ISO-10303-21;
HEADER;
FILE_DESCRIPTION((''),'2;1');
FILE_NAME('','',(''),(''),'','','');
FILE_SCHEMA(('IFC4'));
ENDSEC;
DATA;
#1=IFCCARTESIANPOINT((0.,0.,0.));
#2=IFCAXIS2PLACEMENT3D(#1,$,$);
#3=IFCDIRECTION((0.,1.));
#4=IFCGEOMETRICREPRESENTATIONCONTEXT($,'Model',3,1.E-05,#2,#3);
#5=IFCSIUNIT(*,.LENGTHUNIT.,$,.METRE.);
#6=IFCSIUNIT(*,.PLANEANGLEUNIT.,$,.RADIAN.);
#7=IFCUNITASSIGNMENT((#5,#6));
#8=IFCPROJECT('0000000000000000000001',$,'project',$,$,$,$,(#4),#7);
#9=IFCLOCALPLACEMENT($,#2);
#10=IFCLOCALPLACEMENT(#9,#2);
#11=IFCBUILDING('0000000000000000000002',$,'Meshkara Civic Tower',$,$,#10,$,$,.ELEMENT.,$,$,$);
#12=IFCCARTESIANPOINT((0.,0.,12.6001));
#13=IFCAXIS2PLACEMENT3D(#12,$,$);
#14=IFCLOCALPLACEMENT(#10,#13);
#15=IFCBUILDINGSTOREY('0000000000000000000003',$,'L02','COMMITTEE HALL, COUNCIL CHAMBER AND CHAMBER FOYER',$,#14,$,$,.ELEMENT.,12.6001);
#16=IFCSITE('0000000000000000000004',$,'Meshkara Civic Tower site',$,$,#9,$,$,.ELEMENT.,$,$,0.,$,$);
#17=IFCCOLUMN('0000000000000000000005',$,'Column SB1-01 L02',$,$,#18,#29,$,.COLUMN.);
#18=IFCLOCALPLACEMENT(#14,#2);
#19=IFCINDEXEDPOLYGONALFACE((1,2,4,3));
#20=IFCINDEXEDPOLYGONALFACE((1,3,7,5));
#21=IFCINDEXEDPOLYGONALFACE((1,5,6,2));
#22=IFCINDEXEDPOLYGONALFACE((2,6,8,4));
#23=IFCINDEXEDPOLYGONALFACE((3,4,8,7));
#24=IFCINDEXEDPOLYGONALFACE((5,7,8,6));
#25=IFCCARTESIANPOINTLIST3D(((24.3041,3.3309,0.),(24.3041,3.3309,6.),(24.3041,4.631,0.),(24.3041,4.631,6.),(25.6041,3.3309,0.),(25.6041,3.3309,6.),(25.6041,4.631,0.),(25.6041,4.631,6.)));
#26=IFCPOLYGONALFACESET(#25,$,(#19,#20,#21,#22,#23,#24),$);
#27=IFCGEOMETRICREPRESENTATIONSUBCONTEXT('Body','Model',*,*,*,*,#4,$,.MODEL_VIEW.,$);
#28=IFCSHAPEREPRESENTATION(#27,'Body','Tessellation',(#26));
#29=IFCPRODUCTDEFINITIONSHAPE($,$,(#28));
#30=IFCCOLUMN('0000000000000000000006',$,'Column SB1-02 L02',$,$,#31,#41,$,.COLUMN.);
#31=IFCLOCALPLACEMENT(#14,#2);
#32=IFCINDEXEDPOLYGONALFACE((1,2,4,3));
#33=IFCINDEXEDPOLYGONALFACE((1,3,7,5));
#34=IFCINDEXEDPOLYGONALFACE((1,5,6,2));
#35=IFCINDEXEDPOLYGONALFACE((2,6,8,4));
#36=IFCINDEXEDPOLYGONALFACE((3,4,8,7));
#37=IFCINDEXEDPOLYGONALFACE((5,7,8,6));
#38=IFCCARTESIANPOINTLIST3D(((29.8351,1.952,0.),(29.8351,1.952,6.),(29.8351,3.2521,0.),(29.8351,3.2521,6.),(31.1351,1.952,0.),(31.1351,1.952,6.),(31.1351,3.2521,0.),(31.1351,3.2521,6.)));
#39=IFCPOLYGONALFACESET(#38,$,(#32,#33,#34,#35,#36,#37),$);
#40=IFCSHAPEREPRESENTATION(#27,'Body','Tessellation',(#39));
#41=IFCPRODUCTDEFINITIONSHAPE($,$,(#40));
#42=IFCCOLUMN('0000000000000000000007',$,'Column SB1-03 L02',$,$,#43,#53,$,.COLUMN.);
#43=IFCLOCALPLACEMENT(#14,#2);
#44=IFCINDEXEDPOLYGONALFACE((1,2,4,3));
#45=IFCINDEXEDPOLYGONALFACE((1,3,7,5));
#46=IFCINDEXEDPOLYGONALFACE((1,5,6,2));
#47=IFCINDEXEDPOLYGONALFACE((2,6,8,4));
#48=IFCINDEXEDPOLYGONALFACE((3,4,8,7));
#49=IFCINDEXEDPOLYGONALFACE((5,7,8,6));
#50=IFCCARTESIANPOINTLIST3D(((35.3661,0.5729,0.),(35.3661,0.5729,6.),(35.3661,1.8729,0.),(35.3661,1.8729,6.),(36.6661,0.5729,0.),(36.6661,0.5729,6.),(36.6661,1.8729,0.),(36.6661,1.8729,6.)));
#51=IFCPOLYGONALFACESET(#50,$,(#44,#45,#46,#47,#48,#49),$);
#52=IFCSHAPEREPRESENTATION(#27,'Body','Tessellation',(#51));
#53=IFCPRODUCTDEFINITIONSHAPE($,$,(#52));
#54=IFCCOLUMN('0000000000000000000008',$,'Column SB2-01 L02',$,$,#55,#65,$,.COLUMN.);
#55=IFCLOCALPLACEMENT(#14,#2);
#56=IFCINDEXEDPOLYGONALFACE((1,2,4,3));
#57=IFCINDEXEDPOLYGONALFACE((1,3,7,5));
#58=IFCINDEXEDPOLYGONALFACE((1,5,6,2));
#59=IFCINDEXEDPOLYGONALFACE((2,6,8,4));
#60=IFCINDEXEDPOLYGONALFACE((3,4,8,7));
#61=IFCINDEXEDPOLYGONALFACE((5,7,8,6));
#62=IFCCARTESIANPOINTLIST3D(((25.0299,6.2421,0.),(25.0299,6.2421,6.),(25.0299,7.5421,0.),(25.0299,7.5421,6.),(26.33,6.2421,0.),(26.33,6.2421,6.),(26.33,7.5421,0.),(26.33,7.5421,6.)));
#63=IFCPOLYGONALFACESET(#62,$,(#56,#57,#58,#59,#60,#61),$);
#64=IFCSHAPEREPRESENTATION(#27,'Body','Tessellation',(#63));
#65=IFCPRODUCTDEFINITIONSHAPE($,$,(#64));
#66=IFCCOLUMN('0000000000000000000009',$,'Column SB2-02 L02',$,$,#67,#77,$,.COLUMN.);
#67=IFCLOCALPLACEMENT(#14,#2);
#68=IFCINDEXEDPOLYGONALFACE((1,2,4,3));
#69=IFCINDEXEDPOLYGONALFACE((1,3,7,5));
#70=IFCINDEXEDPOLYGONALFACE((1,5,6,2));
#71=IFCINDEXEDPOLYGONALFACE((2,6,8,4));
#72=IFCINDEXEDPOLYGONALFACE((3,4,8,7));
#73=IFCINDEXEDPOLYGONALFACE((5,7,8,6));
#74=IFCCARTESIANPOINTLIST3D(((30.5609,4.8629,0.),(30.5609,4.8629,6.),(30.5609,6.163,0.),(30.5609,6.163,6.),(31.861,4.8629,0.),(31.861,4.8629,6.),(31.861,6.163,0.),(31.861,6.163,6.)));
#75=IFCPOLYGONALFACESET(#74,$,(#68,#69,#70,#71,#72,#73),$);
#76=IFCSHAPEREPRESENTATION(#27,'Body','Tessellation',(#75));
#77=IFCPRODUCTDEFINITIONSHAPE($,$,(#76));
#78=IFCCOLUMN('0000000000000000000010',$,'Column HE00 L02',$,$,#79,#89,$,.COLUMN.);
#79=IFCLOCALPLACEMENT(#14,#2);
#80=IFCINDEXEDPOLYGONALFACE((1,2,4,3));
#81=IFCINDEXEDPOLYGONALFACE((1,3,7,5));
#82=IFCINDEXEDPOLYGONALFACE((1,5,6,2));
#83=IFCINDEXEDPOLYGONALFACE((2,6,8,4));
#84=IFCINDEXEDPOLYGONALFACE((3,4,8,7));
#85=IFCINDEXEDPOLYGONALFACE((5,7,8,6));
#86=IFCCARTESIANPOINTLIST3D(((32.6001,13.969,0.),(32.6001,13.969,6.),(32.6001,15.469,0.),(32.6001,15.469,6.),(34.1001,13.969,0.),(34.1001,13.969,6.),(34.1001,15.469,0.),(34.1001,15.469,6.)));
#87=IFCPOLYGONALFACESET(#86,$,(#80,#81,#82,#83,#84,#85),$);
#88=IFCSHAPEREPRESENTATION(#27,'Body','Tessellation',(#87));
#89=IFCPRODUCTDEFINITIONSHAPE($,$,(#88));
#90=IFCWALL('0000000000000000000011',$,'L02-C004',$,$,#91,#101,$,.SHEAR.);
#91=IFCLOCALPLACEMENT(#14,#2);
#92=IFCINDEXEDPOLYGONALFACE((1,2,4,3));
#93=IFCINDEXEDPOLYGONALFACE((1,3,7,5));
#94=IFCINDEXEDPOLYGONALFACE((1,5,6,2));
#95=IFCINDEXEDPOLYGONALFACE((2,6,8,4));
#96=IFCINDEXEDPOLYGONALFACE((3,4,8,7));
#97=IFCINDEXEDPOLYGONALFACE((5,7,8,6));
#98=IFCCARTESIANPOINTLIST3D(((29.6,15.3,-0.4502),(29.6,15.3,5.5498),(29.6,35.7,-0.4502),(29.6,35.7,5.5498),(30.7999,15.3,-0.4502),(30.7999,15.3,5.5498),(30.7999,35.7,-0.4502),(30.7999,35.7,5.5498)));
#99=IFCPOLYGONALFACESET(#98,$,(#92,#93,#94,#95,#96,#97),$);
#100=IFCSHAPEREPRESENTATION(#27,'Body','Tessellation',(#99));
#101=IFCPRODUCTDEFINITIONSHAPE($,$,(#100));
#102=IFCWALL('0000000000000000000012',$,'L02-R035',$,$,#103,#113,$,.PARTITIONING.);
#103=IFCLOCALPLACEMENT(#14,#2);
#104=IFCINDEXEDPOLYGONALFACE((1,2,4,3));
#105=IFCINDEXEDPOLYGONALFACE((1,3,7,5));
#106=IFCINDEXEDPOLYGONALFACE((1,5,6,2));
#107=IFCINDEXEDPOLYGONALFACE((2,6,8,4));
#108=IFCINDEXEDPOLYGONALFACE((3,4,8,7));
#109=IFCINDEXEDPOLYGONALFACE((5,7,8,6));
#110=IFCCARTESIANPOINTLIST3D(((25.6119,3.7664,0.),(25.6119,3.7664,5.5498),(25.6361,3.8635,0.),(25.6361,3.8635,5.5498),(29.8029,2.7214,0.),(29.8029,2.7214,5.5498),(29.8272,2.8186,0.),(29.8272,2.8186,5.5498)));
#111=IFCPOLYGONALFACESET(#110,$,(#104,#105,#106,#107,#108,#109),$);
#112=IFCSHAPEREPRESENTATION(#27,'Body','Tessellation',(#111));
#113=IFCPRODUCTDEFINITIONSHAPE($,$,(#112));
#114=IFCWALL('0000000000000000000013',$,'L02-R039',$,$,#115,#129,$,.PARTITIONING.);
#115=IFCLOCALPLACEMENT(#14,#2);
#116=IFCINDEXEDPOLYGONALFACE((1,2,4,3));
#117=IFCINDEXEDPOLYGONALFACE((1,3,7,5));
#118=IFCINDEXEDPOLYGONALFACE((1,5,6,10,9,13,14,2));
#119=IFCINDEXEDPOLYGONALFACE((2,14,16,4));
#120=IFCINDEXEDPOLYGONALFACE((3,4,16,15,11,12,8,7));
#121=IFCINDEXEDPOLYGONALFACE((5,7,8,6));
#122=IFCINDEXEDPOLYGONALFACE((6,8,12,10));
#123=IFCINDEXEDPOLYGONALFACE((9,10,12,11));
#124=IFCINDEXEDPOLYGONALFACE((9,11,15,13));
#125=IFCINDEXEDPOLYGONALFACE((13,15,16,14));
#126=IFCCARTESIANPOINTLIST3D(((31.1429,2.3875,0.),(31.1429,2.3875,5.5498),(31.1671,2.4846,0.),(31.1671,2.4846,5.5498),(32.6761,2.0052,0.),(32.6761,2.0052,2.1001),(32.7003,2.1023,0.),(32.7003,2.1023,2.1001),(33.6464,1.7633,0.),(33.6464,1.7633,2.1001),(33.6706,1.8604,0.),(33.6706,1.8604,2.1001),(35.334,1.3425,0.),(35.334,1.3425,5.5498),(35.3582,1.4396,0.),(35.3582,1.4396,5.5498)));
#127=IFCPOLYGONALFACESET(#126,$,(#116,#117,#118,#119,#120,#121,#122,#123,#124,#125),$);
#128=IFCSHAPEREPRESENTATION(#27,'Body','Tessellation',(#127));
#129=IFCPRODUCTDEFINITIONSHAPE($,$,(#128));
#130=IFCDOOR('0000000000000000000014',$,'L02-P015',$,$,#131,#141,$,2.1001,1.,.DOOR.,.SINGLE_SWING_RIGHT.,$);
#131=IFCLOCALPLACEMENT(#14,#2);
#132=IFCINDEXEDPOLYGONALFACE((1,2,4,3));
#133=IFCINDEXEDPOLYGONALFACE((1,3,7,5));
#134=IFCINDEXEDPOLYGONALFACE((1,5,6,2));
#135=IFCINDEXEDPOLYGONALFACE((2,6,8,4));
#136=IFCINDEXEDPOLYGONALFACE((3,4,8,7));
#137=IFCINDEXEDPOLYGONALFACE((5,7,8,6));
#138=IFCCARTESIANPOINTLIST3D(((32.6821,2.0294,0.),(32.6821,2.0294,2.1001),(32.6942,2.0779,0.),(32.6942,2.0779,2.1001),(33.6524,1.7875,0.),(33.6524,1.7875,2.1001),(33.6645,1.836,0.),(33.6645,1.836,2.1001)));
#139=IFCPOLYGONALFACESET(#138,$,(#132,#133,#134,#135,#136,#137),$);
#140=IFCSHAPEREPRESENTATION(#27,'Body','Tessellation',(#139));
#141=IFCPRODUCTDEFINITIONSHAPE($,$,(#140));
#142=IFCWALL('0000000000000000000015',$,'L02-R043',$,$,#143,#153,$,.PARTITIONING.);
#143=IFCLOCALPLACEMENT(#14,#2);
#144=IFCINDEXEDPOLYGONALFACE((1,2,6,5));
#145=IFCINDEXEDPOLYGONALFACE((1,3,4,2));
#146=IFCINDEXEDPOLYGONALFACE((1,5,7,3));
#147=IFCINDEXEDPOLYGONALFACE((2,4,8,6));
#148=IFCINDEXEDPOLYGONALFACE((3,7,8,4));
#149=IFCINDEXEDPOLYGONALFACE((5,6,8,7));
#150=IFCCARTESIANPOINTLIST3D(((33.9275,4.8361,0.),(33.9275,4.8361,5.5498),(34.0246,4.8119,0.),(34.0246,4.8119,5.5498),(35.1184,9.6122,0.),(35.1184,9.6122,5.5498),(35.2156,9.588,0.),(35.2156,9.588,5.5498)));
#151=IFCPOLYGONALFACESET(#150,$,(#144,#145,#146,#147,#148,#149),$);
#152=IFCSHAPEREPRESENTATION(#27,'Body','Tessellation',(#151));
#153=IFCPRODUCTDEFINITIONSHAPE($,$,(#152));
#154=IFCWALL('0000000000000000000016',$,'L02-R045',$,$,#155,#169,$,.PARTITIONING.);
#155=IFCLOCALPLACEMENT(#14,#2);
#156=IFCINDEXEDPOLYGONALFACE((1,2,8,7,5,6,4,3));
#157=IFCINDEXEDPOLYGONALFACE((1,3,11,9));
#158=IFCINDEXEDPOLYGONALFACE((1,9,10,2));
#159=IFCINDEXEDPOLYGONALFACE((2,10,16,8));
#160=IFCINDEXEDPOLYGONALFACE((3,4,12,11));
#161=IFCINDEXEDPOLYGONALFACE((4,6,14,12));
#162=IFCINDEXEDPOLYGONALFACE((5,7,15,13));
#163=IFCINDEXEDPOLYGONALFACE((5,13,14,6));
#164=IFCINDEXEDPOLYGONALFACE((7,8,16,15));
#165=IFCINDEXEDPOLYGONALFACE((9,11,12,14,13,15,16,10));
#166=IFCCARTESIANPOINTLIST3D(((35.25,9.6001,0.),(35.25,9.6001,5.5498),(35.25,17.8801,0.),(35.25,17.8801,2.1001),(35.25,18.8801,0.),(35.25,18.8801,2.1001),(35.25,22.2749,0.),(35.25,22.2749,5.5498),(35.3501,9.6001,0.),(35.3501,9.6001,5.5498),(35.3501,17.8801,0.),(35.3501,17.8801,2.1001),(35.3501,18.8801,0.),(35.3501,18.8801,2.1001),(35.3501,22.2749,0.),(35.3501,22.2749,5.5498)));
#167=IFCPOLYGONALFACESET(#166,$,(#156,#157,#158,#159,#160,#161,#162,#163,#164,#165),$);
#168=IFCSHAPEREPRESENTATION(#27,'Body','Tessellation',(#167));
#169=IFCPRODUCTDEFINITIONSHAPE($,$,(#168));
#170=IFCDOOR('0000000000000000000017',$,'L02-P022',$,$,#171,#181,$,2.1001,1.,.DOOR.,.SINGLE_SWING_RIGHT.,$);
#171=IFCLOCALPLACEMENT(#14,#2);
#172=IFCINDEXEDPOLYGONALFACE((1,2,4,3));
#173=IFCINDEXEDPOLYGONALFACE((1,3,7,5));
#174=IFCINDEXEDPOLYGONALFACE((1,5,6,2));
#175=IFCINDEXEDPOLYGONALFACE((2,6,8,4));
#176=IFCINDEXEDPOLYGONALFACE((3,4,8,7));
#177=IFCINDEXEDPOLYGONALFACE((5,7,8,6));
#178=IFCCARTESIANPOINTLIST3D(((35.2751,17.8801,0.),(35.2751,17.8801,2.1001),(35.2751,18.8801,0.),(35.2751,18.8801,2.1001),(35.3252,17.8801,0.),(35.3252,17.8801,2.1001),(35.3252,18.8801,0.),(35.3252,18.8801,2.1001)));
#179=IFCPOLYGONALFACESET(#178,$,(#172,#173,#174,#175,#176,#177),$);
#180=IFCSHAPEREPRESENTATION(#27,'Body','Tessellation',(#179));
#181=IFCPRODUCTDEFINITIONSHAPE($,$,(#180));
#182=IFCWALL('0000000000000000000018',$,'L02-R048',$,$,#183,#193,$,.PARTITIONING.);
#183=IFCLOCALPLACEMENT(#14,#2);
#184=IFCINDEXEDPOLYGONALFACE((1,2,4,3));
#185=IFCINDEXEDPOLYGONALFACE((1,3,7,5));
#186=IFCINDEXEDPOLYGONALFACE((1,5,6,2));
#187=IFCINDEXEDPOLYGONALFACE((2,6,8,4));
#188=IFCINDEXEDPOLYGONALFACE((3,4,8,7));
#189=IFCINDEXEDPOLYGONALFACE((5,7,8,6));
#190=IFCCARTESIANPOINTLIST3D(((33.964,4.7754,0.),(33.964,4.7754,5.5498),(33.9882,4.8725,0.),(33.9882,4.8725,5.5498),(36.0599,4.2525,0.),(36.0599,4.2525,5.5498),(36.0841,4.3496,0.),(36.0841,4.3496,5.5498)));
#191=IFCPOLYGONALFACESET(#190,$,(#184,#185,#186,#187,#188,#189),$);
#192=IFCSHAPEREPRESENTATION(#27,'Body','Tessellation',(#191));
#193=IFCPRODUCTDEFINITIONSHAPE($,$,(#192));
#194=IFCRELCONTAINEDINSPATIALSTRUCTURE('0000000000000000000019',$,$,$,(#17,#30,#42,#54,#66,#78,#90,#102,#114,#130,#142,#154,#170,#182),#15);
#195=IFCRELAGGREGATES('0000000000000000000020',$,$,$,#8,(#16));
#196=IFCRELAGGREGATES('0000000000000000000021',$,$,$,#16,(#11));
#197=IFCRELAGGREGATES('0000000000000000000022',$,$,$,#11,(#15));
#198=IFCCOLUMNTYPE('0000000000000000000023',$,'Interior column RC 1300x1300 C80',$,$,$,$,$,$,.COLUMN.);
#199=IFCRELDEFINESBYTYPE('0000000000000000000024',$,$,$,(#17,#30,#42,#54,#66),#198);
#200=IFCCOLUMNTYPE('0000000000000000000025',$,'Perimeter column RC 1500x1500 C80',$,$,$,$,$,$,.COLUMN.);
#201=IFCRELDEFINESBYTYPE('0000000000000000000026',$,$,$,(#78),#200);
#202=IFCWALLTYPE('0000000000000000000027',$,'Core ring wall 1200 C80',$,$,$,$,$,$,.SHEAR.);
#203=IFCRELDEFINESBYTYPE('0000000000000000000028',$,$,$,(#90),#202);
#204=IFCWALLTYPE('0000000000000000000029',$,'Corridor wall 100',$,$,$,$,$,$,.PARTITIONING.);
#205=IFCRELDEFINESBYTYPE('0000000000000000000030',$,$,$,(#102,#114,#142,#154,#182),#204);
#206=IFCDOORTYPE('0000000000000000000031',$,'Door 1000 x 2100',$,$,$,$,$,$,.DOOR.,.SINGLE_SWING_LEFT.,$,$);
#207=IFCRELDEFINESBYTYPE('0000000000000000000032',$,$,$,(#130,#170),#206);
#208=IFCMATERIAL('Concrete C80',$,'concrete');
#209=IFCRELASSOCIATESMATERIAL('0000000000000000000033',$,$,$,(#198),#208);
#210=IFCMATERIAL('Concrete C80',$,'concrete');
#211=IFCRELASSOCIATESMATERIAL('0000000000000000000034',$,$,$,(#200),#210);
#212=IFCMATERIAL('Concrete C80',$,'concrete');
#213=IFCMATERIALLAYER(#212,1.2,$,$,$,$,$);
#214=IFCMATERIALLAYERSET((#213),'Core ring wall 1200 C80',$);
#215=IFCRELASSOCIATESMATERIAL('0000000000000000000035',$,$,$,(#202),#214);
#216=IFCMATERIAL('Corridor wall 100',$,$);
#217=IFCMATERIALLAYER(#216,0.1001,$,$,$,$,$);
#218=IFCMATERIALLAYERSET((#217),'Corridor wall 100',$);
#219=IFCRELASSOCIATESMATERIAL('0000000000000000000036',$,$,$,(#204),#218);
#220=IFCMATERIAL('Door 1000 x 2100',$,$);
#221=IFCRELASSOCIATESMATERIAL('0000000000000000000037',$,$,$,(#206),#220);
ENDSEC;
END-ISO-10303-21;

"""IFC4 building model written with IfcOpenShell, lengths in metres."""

from ifc_helpers import new_model, si_unit, direction, frame, frame_2d, origin, origin_2d, place, context, subcontext, project, spatial, rectangle, extrude, material, layer, layer_set, material_profile, profile_set, type_object, element, fill, save


model = new_model("IFC4")

# Units and contexts
model_context = context("Model", 3, precision=1e-05, world=origin(), true_north=direction((0.0, 1.0)))
body_context = subcontext(model_context, "Body", "Model", "MODEL_VIEW")
ifc_project = project(units=[si_unit("LENGTHUNIT", "METRE"), si_unit("PLANEANGLEUNIT", "RADIAN")], contexts=[model_context])

# Site, building, storey
site_placement = place(None, origin())
site = spatial("IfcSite", under=ifc_project, at=site_placement, Name="Meshkara Civic Tower site", CompositionType="ELEMENT", RefElevation=0.0)
building_placement = place(site_placement, origin())
building = spatial("IfcBuilding", under=site, at=building_placement, Name="Meshkara Civic Tower", CompositionType="ELEMENT")
storey_placement = place(building_placement, frame((0.0, 0.0, 12.6001)))
storey = spatial("IfcBuildingStorey", under=building, at=storey_placement, Name="L02", Description="COMMITTEE HALL, COUNCIL CHAMBER AND CHAMBER FOYER", CompositionType="ELEMENT", Elevation=12.6001)

# Columns
ifc_material_1 = material(Name="Concrete C80", Category="concrete")
ifc_material_profile_1 = material_profile(ifc_material_1, rectangle(XDim=1.3, YDim=1.3, at=origin_2d()))
ifc_profile_set_1 = profile_set([ifc_material_profile_1], Name="Concrete C80")
column_type_1 = type_object("IfcColumnType", Name="Interior column RC 1300x1300 C80", PredefinedType="COLUMN", material=ifc_profile_set_1)
for number, where, z_axis, x_axis, name in (
    (1, (24.9541, 3.981, 0.0), (0.0, 0.0, 1.0), (1.0, 0.0, 0.0), "Column SB1-01 L02"),
    (2, (30.4851, 2.6021, 0.0), (0.0, 0.0, 1.0), (1.0, 0.0, 0.0), "Column SB1-02 L02"),
    (3, (36.0161, 1.2229, 0.0), (0.0, 0.0, 1.0), (1.0, 0.0, 0.0), "Column SB1-03 L02"),
    (4, (25.6799, 6.8921, 0.0), (0.0, 0.0, 1.0), (1.0, 0.0, 0.0), "Column SB2-01 L02"),
    (5, (31.2109, 5.5129, 0.0), (0.0, 0.0, 1.0), (1.0, 0.0, 0.0), "Column SB2-02 L02"),
):
    element("IfcColumn", number, at=place(storey_placement, frame(where, z_axis=z_axis, x_axis=x_axis)), inside=storey, type_object=column_type_1, Name=name, PredefinedType="COLUMN", context=body_context, shape_type="SweptSolid", body=[
        extrude(rectangle(XDim=1.3, YDim=1.3, at=origin_2d()), origin(), (0.0, 0.0, 1.0), 6.0),
    ])
ifc_material_2 = material(Name="Concrete C80", Category="concrete")
ifc_material_profile_2 = material_profile(ifc_material_2, rectangle(XDim=1.5, YDim=1.5, at=origin_2d()))
ifc_profile_set_2 = profile_set([ifc_material_profile_2], Name="Concrete C80")
column_type_2 = type_object("IfcColumnType", Name="Perimeter column RC 1500x1500 C80", PredefinedType="COLUMN", material=ifc_profile_set_2)
column_placement = place(storey_placement, frame((33.3501, 14.719, 0.0), z_axis=(0.0, 0.0, 1.0), x_axis=(1.0, 0.0, 0.0)))
element("IfcColumn", 6, at=column_placement, inside=storey, type_object=column_type_2, Name="Column HE00 L02", PredefinedType="COLUMN", context=body_context, shape_type="SweptSolid", body=[
    extrude(rectangle(XDim=1.5, YDim=1.5, at=origin_2d()), origin(), (0.0, 0.0, 1.0), 6.0),
])

# Walls
ifc_material_3 = material(Name="Concrete C80", Category="concrete")
ifc_layer_1 = layer(ifc_material_3, 1.2)
ifc_layer_set_1 = layer_set([ifc_layer_1], Name="Core ring wall 1200 C80")
wall_type_1 = type_object("IfcWallType", Name="Core ring wall 1200 C80", PredefinedType="SHEAR", material=ifc_layer_set_1)
wall_1_placement = place(storey_placement, frame((30.2, 15.3, -0.4502), z_axis=(0.0, 0.0, 1.0), x_axis=(0.0, 1.0, 0.0)))
element("IfcWall", 7, at=wall_1_placement, inside=storey, type_object=wall_type_1, Name="L02-C004", PredefinedType="SHEAR", context=body_context, shape_type="SweptSolid", body=[
    extrude(rectangle(XDim=20.3999, YDim=1.2, at=frame_2d((10.2, 0.0))), origin(), (0.0, 0.0, 1.0), 6.0),
])
ifc_material_4 = material(Name="Corridor wall 100")
ifc_layer_2 = layer(ifc_material_4, 0.1001)
ifc_layer_set_2 = layer_set([ifc_layer_2], Name="Corridor wall 100")
wall_type_2 = type_object("IfcWallType", Name="Corridor wall 100", PredefinedType="PARTITIONING", material=ifc_layer_set_2)
wall_2_placement = place(storey_placement, frame((25.624, 3.8149, 0.0), z_axis=(0.0, 0.0, 1.0), x_axis=(0.970295, -0.241924, 0.0)))
element("IfcWall", 8, at=wall_2_placement, inside=storey, type_object=wall_type_2, Name="L02-R035", PredefinedType="PARTITIONING", context=body_context, shape_type="SweptSolid", body=[
    extrude(rectangle(XDim=4.3193, YDim=0.1001, at=frame_2d((2.1597, 0.0))), origin(), (0.0, 0.0, 1.0), 5.5498),
])

# Wall, opening, door
wall_3_placement = place(storey_placement, frame((31.155, 2.436, 0.0), z_axis=(0.0, 0.0, 1.0), x_axis=(0.970295, -0.241924, 0.0)))
wall_3 = element("IfcWall", 9, at=wall_3_placement, inside=storey, type_object=wall_type_2, Name="L02-R039", PredefinedType="PARTITIONING", context=body_context, shape_type="SweptSolid", body=[
    extrude(rectangle(XDim=4.3193, YDim=0.1001, at=frame_2d((2.1597, 0.0))), origin(), (0.0, 0.0, 1.0), 5.5498),
])
opening_1_placement = place(wall_3_placement, frame((1.5801, 0.0, 0.0)))
opening_1 = element("IfcOpeningElement", 10, at=opening_1_placement, cuts=wall_3, PredefinedType="OPENING", context=body_context, shape_type="SweptSolid", body=[
    extrude(rectangle(XDim=1.0, YDim=2.1001, at=frame_2d((0.5, 1.05))), frame((0.0, 0.0601, 0.0), z_axis=(0.0, -1.0, 0.0), x_axis=(1.0, 0.0, 0.0)), (0.0, 0.0, 1.0), 0.1201),
])
ifc_material_5 = material(Name="Door 1000 x 2100")
door_type = type_object("IfcDoorType", Name="Door 1000 x 2100", OperationType="SINGLE_SWING_LEFT", PredefinedType="DOOR", material=ifc_material_5)
door_1_placement = place(opening_1_placement, origin())
door_1 = element("IfcDoor", 11, at=door_1_placement, inside=storey, type_object=door_type, Name="L02-P015", OperationType="SINGLE_SWING_RIGHT", OverallHeight=2.1001, OverallWidth=1.0, PredefinedType="DOOR", context=body_context, shape_type="SweptSolid", body=[
    extrude(rectangle(XDim=1.0, YDim=2.1001, at=frame_2d((0.5, 1.05))), frame((0.0, 0.0249, 0.0), z_axis=(0.0, -1.0, 0.0), x_axis=(1.0, 0.0, 0.0)), (0.0, 0.0, 1.0), 0.05),
])
fill(opening_1, door_1)

# Wall
wall_4_placement = place(storey_placement, frame((33.9761, 4.824, 0.0), z_axis=(0.0, 0.0, 1.0), x_axis=(0.24194, 0.970291, 0.0)))
element("IfcWall", 12, at=wall_4_placement, inside=storey, type_object=wall_type_2, Name="L02-R043", PredefinedType="PARTITIONING", context=body_context, shape_type="SweptSolid", body=[
    extrude(rectangle(XDim=4.9224, YDim=0.1001, at=frame_2d((2.4612, 0.0))), origin(), (0.0, 0.0, 1.0), 5.5498),
])

# Wall, opening, door
wall_5_placement = place(storey_placement, frame((35.3, 9.6001, 0.0), z_axis=(0.0, 0.0, 1.0), x_axis=(0.0, 1.0, 0.0)))
wall_5 = element("IfcWall", 13, at=wall_5_placement, inside=storey, type_object=wall_type_2, Name="L02-R045", PredefinedType="PARTITIONING", context=body_context, shape_type="SweptSolid", body=[
    extrude(rectangle(XDim=12.6748, YDim=0.1001, at=frame_2d((6.3374, 0.0))), origin(), (0.0, 0.0, 1.0), 5.5498),
])
opening_2_placement = place(wall_5_placement, frame((8.28, 0.0, 0.0)))
opening_2 = element("IfcOpeningElement", 14, at=opening_2_placement, cuts=wall_5, PredefinedType="OPENING", context=body_context, shape_type="SweptSolid", body=[
    extrude(rectangle(XDim=1.0, YDim=2.1001, at=frame_2d((0.5, 1.05))), frame((0.0, 0.0601, 0.0), z_axis=(0.0, -1.0, 0.0), x_axis=(1.0, 0.0, 0.0)), (0.0, 0.0, 1.0), 0.1201),
])
door_2_placement = place(opening_2_placement, origin())
door_2 = element("IfcDoor", 15, at=door_2_placement, inside=storey, type_object=door_type, Name="L02-P022", OperationType="SINGLE_SWING_RIGHT", OverallHeight=2.1001, OverallWidth=1.0, PredefinedType="DOOR", context=body_context, shape_type="SweptSolid", body=[
    extrude(rectangle(XDim=1.0, YDim=2.1001, at=frame_2d((0.5, 1.05))), frame((0.0, 0.0249, 0.0), z_axis=(0.0, -1.0, 0.0), x_axis=(1.0, 0.0, 0.0)), (0.0, 0.0, 1.0), 0.05),
])
fill(opening_2, door_2)

# Wall
wall_6_placement = place(storey_placement, frame((36.072, 4.301, 0.0), z_axis=(0.0, 0.0, 1.0), x_axis=(-0.970255, 0.242084, 0.0)))
element("IfcWall", 16, at=wall_6_placement, inside=storey, type_object=wall_type_2, Name="L02-R048", PredefinedType="PARTITIONING", context=body_context, shape_type="SweptSolid", body=[
    extrude(rectangle(XDim=2.1602, YDim=0.1001, at=frame_2d((1.0801, 0.0))), origin(), (0.0, 0.0, 1.0), 5.5498),
])

save(model, "model.ifc")
